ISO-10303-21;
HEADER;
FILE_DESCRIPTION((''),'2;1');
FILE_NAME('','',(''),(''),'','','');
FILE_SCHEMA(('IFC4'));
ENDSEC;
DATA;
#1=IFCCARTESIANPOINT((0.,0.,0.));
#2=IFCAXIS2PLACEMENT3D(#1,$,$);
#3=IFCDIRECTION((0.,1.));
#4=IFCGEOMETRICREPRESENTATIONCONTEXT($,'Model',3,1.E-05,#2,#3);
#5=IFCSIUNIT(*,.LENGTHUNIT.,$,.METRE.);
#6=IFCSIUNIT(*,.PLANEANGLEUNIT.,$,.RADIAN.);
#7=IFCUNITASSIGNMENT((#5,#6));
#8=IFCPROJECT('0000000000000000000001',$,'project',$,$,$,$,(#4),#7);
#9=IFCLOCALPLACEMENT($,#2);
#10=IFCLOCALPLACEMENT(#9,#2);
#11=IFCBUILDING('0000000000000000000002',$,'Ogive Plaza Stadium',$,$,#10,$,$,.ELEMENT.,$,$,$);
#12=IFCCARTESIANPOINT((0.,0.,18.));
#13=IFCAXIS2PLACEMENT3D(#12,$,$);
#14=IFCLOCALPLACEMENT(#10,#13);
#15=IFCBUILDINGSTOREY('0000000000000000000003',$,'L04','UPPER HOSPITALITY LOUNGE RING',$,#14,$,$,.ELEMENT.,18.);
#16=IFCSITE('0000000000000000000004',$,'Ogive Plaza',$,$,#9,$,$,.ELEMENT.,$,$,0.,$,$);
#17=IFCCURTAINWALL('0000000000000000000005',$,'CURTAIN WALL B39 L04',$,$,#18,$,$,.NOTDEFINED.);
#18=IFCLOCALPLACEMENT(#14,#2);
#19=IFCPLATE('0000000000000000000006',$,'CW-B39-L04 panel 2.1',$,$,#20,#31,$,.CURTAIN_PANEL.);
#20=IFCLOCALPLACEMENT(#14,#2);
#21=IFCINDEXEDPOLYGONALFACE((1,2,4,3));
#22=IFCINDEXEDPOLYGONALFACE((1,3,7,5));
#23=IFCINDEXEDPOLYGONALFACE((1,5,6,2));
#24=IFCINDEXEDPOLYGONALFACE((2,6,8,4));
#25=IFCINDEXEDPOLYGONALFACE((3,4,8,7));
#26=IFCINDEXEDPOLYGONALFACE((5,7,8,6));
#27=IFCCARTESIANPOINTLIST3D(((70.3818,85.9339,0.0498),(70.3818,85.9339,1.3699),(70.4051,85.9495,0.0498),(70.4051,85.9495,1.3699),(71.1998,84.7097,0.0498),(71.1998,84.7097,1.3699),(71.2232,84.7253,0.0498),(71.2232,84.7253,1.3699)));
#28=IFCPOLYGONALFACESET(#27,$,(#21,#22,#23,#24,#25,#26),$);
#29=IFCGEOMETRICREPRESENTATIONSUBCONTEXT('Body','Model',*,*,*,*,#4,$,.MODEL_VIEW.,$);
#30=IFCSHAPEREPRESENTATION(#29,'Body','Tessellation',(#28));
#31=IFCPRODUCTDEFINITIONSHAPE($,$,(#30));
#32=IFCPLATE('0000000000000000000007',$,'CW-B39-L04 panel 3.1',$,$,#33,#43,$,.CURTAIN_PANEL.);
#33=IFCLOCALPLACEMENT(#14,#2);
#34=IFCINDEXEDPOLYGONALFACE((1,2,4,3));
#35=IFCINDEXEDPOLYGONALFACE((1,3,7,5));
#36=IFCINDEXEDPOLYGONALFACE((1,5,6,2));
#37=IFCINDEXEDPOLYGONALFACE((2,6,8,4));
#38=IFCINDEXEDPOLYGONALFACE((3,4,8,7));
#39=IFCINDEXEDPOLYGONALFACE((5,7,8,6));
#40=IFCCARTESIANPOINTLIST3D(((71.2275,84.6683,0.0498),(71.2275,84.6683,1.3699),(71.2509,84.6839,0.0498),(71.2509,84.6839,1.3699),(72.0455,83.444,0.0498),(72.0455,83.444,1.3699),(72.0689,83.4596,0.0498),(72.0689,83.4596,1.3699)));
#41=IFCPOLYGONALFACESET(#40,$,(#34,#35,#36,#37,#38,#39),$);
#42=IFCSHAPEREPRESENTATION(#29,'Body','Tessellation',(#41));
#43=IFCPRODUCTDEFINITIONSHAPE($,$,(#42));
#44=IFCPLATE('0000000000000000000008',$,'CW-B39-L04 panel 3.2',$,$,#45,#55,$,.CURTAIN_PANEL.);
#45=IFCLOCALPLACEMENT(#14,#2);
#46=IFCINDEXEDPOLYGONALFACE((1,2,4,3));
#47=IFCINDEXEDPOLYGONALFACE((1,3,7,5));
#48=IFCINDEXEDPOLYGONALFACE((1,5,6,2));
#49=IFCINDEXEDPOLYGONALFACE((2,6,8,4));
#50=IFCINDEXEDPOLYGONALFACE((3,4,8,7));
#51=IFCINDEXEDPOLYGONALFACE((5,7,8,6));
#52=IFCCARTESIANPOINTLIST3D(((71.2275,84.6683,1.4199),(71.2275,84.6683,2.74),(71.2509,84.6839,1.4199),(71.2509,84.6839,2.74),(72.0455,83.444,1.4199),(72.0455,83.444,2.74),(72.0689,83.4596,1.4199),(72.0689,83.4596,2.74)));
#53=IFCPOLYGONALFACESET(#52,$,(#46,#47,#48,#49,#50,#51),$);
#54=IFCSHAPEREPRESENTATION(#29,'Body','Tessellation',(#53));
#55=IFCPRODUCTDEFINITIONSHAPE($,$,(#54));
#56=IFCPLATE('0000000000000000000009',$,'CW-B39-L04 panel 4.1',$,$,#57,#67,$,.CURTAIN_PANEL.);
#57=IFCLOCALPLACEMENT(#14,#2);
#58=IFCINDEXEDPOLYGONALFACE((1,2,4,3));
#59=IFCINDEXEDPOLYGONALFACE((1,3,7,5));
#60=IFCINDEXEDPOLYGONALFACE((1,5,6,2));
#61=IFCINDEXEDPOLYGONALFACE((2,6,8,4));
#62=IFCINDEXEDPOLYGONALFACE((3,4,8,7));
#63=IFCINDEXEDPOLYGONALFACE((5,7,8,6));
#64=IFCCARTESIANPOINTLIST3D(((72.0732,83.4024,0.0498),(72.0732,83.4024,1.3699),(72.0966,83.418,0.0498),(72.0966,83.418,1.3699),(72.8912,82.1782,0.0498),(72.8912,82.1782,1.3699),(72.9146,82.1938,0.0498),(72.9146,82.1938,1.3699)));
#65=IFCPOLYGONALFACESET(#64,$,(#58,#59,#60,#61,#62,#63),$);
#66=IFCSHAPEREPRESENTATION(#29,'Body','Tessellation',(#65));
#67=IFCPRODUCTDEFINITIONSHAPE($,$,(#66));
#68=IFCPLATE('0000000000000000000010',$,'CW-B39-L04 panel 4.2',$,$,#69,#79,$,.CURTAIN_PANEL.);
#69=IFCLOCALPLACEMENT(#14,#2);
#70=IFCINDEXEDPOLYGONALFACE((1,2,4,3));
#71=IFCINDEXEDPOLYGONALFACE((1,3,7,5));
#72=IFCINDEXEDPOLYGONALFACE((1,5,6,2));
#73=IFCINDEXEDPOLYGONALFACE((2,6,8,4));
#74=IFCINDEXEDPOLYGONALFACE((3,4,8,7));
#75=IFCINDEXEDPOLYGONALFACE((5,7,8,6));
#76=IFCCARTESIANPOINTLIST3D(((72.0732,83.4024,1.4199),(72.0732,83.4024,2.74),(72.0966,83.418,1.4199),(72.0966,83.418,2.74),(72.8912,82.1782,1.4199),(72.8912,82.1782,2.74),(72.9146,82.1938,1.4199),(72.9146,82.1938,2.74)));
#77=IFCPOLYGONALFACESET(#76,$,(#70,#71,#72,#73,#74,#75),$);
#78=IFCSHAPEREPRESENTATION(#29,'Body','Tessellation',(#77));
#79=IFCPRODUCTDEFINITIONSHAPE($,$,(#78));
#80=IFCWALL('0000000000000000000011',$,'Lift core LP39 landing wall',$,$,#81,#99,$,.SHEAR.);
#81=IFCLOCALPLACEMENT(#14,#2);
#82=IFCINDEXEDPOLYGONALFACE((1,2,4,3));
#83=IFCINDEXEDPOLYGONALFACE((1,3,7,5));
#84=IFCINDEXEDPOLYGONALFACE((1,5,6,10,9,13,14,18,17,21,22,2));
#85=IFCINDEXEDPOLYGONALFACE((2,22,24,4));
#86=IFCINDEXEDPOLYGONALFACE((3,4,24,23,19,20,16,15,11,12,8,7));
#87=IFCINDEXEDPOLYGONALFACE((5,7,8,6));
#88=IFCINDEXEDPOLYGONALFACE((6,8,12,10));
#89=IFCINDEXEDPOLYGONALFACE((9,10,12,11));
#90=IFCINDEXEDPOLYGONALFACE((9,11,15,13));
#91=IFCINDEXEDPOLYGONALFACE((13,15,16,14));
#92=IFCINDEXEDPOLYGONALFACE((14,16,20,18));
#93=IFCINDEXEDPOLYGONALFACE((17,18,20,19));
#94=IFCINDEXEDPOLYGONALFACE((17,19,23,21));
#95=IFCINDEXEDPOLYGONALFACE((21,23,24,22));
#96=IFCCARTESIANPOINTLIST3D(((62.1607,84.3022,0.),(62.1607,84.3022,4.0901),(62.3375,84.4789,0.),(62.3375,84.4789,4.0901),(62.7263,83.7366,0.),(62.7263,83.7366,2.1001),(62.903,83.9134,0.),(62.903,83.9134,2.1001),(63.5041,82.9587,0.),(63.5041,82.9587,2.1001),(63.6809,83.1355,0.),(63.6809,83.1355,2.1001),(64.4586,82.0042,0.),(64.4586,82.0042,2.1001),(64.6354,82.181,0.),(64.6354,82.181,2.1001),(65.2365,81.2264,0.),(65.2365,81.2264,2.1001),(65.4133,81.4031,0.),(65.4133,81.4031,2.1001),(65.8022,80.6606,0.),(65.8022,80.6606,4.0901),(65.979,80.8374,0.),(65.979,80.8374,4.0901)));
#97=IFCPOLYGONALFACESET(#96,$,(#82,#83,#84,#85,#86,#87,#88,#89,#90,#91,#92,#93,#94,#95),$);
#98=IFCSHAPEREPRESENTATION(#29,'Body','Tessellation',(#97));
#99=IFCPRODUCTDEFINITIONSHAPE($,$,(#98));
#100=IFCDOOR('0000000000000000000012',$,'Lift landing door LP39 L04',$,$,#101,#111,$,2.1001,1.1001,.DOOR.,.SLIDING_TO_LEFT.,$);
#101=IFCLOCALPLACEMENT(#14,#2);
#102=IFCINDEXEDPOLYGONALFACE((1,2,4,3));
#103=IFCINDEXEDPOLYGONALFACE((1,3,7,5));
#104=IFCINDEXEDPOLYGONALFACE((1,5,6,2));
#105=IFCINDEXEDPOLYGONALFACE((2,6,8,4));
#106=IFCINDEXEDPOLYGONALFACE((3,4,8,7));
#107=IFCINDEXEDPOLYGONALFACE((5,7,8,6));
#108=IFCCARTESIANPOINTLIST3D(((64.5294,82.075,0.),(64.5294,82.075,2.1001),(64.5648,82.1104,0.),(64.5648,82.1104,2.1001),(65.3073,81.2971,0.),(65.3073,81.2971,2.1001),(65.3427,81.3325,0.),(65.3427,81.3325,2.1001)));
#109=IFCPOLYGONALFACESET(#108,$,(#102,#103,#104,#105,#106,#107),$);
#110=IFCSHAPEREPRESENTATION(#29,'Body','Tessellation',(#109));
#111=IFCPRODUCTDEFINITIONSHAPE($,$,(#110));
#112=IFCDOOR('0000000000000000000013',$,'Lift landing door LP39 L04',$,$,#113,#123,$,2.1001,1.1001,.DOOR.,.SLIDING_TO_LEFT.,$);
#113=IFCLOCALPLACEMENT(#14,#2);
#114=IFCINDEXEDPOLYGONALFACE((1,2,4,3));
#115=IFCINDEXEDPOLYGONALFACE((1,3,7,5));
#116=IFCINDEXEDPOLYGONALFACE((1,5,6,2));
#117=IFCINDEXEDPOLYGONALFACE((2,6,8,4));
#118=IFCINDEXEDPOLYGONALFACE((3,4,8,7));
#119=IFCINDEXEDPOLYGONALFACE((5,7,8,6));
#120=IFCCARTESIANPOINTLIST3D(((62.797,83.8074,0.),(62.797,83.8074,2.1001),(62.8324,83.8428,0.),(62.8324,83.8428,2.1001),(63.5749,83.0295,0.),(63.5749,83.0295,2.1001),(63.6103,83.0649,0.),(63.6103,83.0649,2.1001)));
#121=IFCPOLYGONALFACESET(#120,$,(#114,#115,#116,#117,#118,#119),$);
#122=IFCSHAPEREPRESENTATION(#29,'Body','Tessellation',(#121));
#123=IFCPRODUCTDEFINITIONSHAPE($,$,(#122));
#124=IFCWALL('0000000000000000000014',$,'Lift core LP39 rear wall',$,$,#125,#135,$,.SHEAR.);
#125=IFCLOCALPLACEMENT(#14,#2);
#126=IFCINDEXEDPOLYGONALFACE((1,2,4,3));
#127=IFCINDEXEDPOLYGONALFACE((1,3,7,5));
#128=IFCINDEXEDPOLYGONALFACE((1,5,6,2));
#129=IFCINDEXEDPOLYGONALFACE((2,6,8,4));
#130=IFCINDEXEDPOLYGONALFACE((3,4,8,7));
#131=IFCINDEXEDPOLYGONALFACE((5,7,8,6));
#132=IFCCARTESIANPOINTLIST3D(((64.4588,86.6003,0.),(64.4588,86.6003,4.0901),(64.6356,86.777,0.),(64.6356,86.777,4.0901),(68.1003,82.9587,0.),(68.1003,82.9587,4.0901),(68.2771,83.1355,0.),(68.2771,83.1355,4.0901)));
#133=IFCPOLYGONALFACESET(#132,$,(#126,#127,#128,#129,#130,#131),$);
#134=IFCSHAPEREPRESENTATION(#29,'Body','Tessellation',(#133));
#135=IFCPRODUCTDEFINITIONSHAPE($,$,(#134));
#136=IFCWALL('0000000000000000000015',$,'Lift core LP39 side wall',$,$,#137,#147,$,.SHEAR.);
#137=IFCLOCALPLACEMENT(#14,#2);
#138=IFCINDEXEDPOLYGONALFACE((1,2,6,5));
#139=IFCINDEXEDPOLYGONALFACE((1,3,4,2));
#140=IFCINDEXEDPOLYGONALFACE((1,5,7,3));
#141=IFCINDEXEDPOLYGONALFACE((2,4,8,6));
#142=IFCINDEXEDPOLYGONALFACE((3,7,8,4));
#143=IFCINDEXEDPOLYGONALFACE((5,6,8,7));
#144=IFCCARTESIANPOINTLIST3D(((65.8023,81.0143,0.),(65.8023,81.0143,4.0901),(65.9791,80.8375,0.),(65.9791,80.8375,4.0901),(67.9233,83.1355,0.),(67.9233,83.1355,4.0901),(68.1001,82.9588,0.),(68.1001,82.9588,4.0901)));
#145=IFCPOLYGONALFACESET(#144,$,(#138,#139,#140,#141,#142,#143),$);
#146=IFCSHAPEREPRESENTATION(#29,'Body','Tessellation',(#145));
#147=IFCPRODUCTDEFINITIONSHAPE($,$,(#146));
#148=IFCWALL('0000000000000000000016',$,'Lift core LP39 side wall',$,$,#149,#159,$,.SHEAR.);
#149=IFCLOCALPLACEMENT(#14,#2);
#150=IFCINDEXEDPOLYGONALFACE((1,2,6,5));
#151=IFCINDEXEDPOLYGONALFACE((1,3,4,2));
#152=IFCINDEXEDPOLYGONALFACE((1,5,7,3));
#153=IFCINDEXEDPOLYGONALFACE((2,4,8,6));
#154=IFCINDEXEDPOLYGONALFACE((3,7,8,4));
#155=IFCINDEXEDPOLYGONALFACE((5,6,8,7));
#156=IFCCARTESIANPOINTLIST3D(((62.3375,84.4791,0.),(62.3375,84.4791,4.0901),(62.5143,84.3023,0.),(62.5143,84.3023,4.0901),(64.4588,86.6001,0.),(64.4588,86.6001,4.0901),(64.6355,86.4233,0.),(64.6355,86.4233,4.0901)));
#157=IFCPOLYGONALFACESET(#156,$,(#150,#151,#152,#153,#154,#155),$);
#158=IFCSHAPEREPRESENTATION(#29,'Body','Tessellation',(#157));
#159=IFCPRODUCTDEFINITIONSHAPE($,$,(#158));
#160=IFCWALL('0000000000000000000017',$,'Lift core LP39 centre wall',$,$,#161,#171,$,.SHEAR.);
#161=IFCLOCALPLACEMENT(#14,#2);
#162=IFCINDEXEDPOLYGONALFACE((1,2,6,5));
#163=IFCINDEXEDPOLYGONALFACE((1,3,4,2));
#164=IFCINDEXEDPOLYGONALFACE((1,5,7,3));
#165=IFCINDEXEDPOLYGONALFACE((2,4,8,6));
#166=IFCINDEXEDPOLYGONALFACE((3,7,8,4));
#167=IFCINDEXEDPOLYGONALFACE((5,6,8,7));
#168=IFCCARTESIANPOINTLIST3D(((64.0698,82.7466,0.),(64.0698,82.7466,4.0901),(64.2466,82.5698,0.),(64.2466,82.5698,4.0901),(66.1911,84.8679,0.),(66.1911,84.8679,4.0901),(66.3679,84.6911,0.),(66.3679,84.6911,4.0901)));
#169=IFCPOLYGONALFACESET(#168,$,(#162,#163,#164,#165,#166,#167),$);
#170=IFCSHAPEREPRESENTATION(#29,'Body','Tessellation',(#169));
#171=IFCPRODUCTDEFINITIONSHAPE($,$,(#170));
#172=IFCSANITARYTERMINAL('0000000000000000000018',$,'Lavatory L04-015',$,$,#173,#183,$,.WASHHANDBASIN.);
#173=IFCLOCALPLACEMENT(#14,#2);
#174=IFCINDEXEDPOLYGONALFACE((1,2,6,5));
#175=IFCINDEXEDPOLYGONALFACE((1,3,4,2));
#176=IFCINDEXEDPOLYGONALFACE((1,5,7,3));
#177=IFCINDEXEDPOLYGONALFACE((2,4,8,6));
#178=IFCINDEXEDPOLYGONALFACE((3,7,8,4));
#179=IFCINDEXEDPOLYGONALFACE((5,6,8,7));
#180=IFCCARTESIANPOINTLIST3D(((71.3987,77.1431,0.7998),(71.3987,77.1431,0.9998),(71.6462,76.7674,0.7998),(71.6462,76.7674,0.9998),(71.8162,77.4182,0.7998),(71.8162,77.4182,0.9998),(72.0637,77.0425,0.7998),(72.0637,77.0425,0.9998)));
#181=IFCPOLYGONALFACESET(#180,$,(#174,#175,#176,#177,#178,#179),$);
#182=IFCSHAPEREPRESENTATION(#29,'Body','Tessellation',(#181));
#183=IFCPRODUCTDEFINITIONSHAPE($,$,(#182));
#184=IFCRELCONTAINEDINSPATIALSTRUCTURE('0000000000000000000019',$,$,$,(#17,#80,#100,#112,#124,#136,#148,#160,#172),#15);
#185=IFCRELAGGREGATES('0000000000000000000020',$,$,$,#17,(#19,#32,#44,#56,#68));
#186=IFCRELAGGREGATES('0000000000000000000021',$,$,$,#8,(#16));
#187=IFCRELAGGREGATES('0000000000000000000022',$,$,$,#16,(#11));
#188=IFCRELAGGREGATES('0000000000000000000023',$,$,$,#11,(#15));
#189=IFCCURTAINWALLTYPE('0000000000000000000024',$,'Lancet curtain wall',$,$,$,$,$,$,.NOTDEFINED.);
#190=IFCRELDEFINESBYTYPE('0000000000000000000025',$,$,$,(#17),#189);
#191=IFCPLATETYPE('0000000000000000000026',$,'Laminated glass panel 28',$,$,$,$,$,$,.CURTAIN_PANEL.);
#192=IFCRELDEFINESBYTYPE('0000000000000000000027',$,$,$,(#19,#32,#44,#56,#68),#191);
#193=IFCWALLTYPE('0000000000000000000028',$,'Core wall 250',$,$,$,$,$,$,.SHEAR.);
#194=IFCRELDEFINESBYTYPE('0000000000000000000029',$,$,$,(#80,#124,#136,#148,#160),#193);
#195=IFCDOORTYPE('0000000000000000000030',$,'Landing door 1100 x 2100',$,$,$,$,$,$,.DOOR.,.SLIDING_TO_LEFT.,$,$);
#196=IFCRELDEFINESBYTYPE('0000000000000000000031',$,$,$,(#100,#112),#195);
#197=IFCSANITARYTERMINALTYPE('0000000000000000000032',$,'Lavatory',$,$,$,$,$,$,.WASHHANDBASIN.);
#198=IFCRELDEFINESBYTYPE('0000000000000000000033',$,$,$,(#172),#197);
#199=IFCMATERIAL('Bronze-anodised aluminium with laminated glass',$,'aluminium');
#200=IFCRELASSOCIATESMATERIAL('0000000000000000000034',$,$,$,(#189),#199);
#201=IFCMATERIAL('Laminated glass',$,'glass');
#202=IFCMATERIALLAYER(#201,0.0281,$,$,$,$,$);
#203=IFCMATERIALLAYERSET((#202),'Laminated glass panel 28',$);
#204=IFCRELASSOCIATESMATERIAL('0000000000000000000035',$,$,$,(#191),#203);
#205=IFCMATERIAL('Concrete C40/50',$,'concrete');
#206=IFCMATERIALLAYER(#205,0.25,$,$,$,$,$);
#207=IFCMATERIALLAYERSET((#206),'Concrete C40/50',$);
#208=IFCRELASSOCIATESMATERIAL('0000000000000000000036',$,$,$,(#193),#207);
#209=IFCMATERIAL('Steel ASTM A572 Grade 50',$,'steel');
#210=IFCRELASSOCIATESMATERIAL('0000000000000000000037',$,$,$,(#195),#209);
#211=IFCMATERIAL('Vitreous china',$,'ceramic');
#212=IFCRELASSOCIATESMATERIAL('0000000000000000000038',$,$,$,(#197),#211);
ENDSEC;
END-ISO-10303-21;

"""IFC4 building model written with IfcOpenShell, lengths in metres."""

from ifc_helpers import new_model, si_unit, direction, frame, frame_2d, origin, origin_2d, place, context, subcontext, project, spatial, rectangle, extrude, material, layer, layer_set, type_object, element, fill, aggregate, save


model = new_model("IFC4")

# Units and contexts
model_context = context("Model", 3, precision=1e-05, world=origin(), true_north=direction((0.0, 1.0)))
body_context = subcontext(model_context, "Body", "Model", "MODEL_VIEW")
ifc_project = project(units=[si_unit("LENGTHUNIT", "METRE"), si_unit("PLANEANGLEUNIT", "RADIAN")], contexts=[model_context])

# Site, building, storey
site_placement = place(None, origin())
site = spatial("IfcSite", under=ifc_project, at=site_placement, Name="Ogive Plaza", CompositionType="ELEMENT", RefElevation=0.0)
building_placement = place(site_placement, origin())
building = spatial("IfcBuilding", under=site, at=building_placement, Name="Ogive Plaza Stadium", CompositionType="ELEMENT")
storey_placement = place(building_placement, frame((0.0, 0.0, 18.0)))
storey = spatial("IfcBuildingStorey", under=building, at=storey_placement, Name="L04", Description="UPPER HOSPITALITY LOUNGE RING", CompositionType="ELEMENT", Elevation=18.0)

# Curtain wall
ifc_material_1 = material(Name="Bronze-anodised aluminium with laminated glass", Category="aluminium")
curtain_wall_type = type_object("IfcCurtainWallType", Name="Lancet curtain wall", PredefinedType="NOTDEFINED", material=ifc_material_1)
curtain_wall_placement = place(storey_placement, origin())
curtain_wall = element("IfcCurtainWall", 1, at=curtain_wall_placement, inside=storey, type_object=curtain_wall_type, Name="CURTAIN WALL B39 L04", PredefinedType="NOTDEFINED")

# Plates
ifc_material_2 = material(Name="Laminated glass", Category="glass")
ifc_layer_1 = layer(ifc_material_2, 0.0281)
ifc_layer_set_1 = layer_set([ifc_layer_1], Name="Laminated glass panel 28")
plate_type = type_object("IfcPlateType", Name="Laminated glass panel 28", PredefinedType="CURTAIN_PANEL", material=ifc_layer_set_1)
plate_1_placement = place(storey_placement, frame((70.8025, 85.3296, 0.0498), z_axis=(0.0, 0.0, 1.0), x_axis=(0.55557, -0.83147, 0.0)))
plate_1 = element("IfcPlate", 2, at=plate_1_placement, type_object=plate_type, Name="CW-B39-L04 panel 2.1", PredefinedType="CURTAIN_PANEL", context=body_context, shape_type="SweptSolid", body=[
    extrude(rectangle(XDim=1.4724, YDim=0.0281, at=origin_2d()), origin(), (0.0, 0.0, 1.0), 1.3201),
])
plate_2_placement = place(storey_placement, frame((71.6482, 84.064, 0.0498), z_axis=(0.0, 0.0, 1.0), x_axis=(0.55557, -0.83147, 0.0)))
plate_2 = element("IfcPlate", 3, at=plate_2_placement, type_object=plate_type, Name="CW-B39-L04 panel 3.1", PredefinedType="CURTAIN_PANEL", context=body_context, shape_type="SweptSolid", body=[
    extrude(rectangle(XDim=1.4724, YDim=0.0281, at=origin_2d()), origin(), (0.0, 0.0, 1.0), 1.3201),
])
plate_3_placement = place(storey_placement, frame((71.6482, 84.064, 1.4199), z_axis=(0.0, 0.0, 1.0), x_axis=(0.55557, -0.83147, 0.0)))
plate_3 = element("IfcPlate", 4, at=plate_3_placement, type_object=plate_type, Name="CW-B39-L04 panel 3.2", PredefinedType="CURTAIN_PANEL", context=body_context, shape_type="SweptSolid", body=[
    extrude(rectangle(XDim=1.4724, YDim=0.0281, at=origin_2d()), origin(), (0.0, 0.0, 1.0), 1.3201),
])
plate_4_placement = place(storey_placement, frame((72.4939, 82.7981, 0.0498), z_axis=(0.0, 0.0, 1.0), x_axis=(0.55557, -0.83147, 0.0)))
plate_4 = element("IfcPlate", 5, at=plate_4_placement, type_object=plate_type, Name="CW-B39-L04 panel 4.1", PredefinedType="CURTAIN_PANEL", context=body_context, shape_type="SweptSolid", body=[
    extrude(rectangle(XDim=1.4724, YDim=0.0281, at=origin_2d()), origin(), (0.0, 0.0, 1.0), 1.3201),
])
plate_5_placement = place(storey_placement, frame((72.4939, 82.7981, 1.4199), z_axis=(0.0, 0.0, 1.0), x_axis=(0.55557, -0.83147, 0.0)))
plate_5 = element("IfcPlate", 6, at=plate_5_placement, type_object=plate_type, Name="CW-B39-L04 panel 4.2", PredefinedType="CURTAIN_PANEL", context=body_context, shape_type="SweptSolid", body=[
    extrude(rectangle(XDim=1.4724, YDim=0.0281, at=origin_2d()), origin(), (0.0, 0.0, 1.0), 1.3201),
])
aggregate(curtain_wall, [plate_1, plate_2, plate_3, plate_4, plate_5])

# Wall, openings, doors
ifc_material_3 = material(Name="Concrete C40/50", Category="concrete")
ifc_layer_2 = layer(ifc_material_3, 0.25)
ifc_layer_set_2 = layer_set([ifc_layer_2], Name="Concrete C40/50")
wall_type = type_object("IfcWallType", Name="Core wall 250", PredefinedType="SHEAR", material=ifc_layer_set_2)
wall_1_placement = place(storey_placement, frame((65.8906, 80.749, 0.0), z_axis=(0.0, 0.0, 1.0), x_axis=(-0.707107, 0.707107, 0.0)))
wall_1 = element("IfcWall", 7, at=wall_1_placement, inside=storey, type_object=wall_type, Name="Lift core LP39 landing wall", PredefinedType="SHEAR", context=body_context, shape_type="SweptSolid", body=[
    extrude(rectangle(XDim=5.1499, YDim=0.25, at=frame_2d((2.575, 0.0))), origin(), (0.0, 0.0, 1.0), 4.0901),
])
opening_1_placement = place(wall_1_placement, frame((0.8, 0.0, 0.0)))
opening_1 = element("IfcOpeningElement", 8, at=opening_1_placement, cuts=wall_1, PredefinedType="OPENING", context=body_context, shape_type="SweptSolid", body=[
    extrude(rectangle(XDim=1.1001, YDim=2.1001, at=frame_2d((0.55, 1.05))), frame((0.0, 0.125, 0.0), z_axis=(0.0, -1.0, 0.0), x_axis=(1.0, 0.0, 0.0)), (0.0, 0.0, 1.0), 0.25),
])
opening_2_placement = place(wall_1_placement, frame((3.25, 0.0, 0.0)))
opening_2 = element("IfcOpeningElement", 9, at=opening_2_placement, cuts=wall_1, PredefinedType="OPENING", context=body_context, shape_type="SweptSolid", body=[
    extrude(rectangle(XDim=1.1001, YDim=2.1001, at=frame_2d((0.55, 1.05))), frame((0.0, 0.125, 0.0), z_axis=(0.0, -1.0, 0.0), x_axis=(1.0, 0.0, 0.0)), (0.0, 0.0, 1.0), 0.25),
])
ifc_material_4 = material(Name="Steel ASTM A572 Grade 50", Category="steel")
door_type = type_object("IfcDoorType", Name="Landing door 1100 x 2100", OperationType="SLIDING_TO_LEFT", PredefinedType="DOOR", material=ifc_material_4)
door_1_placement = place(opening_1_placement, origin())
door_1 = element("IfcDoor", 10, at=door_1_placement, inside=storey, type_object=door_type, Name="Lift landing door LP39 L04", OperationType="SLIDING_TO_LEFT", OverallHeight=2.1001, OverallWidth=1.1001, PredefinedType="DOOR", context=body_context, shape_type="SweptSolid", body=[
    extrude(rectangle(XDim=1.1001, YDim=2.1001, at=frame_2d((0.55, 1.05))), frame((0.0, 0.0249, 0.0), z_axis=(0.0, -1.0, 0.0), x_axis=(1.0, 0.0, 0.0)), (0.0, 0.0, 1.0), 0.05),
])
fill(opening_1, door_1)
door_2_placement = place(opening_2_placement, origin())
door_2 = element("IfcDoor", 11, at=door_2_placement, inside=storey, type_object=door_type, Name="Lift landing door LP39 L04", OperationType="SLIDING_TO_LEFT", OverallHeight=2.1001, OverallWidth=1.1001, PredefinedType="DOOR", context=body_context, shape_type="SweptSolid", body=[
    extrude(rectangle(XDim=1.1001, YDim=2.1001, at=frame_2d((0.55, 1.05))), frame((0.0, 0.0249, 0.0), z_axis=(0.0, -1.0, 0.0), x_axis=(1.0, 0.0, 0.0)), (0.0, 0.0, 1.0), 0.05),
])
fill(opening_2, door_2)

# Walls
wall_2_placement = place(storey_placement, frame((68.1887, 83.0471, 0.0), z_axis=(0.0, 0.0, 1.0), x_axis=(-0.707107, 0.707107, 0.0)))
element("IfcWall", 12, at=wall_2_placement, inside=storey, type_object=wall_type, Name="Lift core LP39 rear wall", PredefinedType="SHEAR", context=body_context, shape_type="SweptSolid", body=[
    extrude(rectangle(XDim=5.1499, YDim=0.25, at=frame_2d((2.575, 0.0))), origin(), (0.0, 0.0, 1.0), 4.0901),
])
for number, where, z_axis, x_axis, name in (
    (13, (65.8906, 80.9258, 0.0), (0.0, 0.0, 1.0), (0.707066, 0.707147, 0.0), "Lift core LP39 side wall"),
    (14, (62.4258, 84.3906, 0.0), (0.0, 0.0, 1.0), (0.707147, 0.707066, 0.0), "Lift core LP39 side wall"),
):
    element("IfcWall", number, at=place(storey_placement, frame(where, z_axis=z_axis, x_axis=x_axis)), inside=storey, type_object=wall_type, Name=name, PredefinedType="SHEAR", context=body_context, shape_type="SweptSolid", body=[
        extrude(rectangle(XDim=2.9998, YDim=0.25, at=frame_2d((1.5, 0.0))), origin(), (0.0, 0.0, 1.0), 4.0901),
    ])
wall_3_placement = place(storey_placement, frame((64.1582, 82.6582, 0.0), z_axis=(0.0, 0.0, 1.0), x_axis=(0.707107, 0.707107, 0.0)))
element("IfcWall", 15, at=wall_3_placement, inside=storey, type_object=wall_type, Name="Lift core LP39 centre wall", PredefinedType="SHEAR", context=body_context, shape_type="SweptSolid", body=[
    extrude(rectangle(XDim=3.0, YDim=0.25, at=frame_2d((1.5, 0.0))), origin(), (0.0, 0.0, 1.0), 4.0901),
])

# Sanitary terminal
ifc_material_5 = material(Name="Vitreous china", Category="ceramic")
sanitary_terminal_type = type_object("IfcSanitaryTerminalType", Name="Lavatory", PredefinedType="WASHHANDBASIN", material=ifc_material_5)
sanitary_terminal_placement = place(storey_placement, frame((71.7312, 77.0928, 0.7998), z_axis=(0.0, 0.0, 1.0), x_axis=(-0.83502, -0.55022, 0.0)))
element("IfcSanitaryTerminal", 16, at=sanitary_terminal_placement, inside=storey, type_object=sanitary_terminal_type, Name="Lavatory L04-015", PredefinedType="WASHHANDBASIN", context=body_context, shape_type="SweptSolid", body=[
    extrude(rectangle(XDim=0.5, YDim=0.45, at=origin_2d()), origin(), (0.0, 0.0, 1.0), 0.2),
])

save(model, "model.ifc")
